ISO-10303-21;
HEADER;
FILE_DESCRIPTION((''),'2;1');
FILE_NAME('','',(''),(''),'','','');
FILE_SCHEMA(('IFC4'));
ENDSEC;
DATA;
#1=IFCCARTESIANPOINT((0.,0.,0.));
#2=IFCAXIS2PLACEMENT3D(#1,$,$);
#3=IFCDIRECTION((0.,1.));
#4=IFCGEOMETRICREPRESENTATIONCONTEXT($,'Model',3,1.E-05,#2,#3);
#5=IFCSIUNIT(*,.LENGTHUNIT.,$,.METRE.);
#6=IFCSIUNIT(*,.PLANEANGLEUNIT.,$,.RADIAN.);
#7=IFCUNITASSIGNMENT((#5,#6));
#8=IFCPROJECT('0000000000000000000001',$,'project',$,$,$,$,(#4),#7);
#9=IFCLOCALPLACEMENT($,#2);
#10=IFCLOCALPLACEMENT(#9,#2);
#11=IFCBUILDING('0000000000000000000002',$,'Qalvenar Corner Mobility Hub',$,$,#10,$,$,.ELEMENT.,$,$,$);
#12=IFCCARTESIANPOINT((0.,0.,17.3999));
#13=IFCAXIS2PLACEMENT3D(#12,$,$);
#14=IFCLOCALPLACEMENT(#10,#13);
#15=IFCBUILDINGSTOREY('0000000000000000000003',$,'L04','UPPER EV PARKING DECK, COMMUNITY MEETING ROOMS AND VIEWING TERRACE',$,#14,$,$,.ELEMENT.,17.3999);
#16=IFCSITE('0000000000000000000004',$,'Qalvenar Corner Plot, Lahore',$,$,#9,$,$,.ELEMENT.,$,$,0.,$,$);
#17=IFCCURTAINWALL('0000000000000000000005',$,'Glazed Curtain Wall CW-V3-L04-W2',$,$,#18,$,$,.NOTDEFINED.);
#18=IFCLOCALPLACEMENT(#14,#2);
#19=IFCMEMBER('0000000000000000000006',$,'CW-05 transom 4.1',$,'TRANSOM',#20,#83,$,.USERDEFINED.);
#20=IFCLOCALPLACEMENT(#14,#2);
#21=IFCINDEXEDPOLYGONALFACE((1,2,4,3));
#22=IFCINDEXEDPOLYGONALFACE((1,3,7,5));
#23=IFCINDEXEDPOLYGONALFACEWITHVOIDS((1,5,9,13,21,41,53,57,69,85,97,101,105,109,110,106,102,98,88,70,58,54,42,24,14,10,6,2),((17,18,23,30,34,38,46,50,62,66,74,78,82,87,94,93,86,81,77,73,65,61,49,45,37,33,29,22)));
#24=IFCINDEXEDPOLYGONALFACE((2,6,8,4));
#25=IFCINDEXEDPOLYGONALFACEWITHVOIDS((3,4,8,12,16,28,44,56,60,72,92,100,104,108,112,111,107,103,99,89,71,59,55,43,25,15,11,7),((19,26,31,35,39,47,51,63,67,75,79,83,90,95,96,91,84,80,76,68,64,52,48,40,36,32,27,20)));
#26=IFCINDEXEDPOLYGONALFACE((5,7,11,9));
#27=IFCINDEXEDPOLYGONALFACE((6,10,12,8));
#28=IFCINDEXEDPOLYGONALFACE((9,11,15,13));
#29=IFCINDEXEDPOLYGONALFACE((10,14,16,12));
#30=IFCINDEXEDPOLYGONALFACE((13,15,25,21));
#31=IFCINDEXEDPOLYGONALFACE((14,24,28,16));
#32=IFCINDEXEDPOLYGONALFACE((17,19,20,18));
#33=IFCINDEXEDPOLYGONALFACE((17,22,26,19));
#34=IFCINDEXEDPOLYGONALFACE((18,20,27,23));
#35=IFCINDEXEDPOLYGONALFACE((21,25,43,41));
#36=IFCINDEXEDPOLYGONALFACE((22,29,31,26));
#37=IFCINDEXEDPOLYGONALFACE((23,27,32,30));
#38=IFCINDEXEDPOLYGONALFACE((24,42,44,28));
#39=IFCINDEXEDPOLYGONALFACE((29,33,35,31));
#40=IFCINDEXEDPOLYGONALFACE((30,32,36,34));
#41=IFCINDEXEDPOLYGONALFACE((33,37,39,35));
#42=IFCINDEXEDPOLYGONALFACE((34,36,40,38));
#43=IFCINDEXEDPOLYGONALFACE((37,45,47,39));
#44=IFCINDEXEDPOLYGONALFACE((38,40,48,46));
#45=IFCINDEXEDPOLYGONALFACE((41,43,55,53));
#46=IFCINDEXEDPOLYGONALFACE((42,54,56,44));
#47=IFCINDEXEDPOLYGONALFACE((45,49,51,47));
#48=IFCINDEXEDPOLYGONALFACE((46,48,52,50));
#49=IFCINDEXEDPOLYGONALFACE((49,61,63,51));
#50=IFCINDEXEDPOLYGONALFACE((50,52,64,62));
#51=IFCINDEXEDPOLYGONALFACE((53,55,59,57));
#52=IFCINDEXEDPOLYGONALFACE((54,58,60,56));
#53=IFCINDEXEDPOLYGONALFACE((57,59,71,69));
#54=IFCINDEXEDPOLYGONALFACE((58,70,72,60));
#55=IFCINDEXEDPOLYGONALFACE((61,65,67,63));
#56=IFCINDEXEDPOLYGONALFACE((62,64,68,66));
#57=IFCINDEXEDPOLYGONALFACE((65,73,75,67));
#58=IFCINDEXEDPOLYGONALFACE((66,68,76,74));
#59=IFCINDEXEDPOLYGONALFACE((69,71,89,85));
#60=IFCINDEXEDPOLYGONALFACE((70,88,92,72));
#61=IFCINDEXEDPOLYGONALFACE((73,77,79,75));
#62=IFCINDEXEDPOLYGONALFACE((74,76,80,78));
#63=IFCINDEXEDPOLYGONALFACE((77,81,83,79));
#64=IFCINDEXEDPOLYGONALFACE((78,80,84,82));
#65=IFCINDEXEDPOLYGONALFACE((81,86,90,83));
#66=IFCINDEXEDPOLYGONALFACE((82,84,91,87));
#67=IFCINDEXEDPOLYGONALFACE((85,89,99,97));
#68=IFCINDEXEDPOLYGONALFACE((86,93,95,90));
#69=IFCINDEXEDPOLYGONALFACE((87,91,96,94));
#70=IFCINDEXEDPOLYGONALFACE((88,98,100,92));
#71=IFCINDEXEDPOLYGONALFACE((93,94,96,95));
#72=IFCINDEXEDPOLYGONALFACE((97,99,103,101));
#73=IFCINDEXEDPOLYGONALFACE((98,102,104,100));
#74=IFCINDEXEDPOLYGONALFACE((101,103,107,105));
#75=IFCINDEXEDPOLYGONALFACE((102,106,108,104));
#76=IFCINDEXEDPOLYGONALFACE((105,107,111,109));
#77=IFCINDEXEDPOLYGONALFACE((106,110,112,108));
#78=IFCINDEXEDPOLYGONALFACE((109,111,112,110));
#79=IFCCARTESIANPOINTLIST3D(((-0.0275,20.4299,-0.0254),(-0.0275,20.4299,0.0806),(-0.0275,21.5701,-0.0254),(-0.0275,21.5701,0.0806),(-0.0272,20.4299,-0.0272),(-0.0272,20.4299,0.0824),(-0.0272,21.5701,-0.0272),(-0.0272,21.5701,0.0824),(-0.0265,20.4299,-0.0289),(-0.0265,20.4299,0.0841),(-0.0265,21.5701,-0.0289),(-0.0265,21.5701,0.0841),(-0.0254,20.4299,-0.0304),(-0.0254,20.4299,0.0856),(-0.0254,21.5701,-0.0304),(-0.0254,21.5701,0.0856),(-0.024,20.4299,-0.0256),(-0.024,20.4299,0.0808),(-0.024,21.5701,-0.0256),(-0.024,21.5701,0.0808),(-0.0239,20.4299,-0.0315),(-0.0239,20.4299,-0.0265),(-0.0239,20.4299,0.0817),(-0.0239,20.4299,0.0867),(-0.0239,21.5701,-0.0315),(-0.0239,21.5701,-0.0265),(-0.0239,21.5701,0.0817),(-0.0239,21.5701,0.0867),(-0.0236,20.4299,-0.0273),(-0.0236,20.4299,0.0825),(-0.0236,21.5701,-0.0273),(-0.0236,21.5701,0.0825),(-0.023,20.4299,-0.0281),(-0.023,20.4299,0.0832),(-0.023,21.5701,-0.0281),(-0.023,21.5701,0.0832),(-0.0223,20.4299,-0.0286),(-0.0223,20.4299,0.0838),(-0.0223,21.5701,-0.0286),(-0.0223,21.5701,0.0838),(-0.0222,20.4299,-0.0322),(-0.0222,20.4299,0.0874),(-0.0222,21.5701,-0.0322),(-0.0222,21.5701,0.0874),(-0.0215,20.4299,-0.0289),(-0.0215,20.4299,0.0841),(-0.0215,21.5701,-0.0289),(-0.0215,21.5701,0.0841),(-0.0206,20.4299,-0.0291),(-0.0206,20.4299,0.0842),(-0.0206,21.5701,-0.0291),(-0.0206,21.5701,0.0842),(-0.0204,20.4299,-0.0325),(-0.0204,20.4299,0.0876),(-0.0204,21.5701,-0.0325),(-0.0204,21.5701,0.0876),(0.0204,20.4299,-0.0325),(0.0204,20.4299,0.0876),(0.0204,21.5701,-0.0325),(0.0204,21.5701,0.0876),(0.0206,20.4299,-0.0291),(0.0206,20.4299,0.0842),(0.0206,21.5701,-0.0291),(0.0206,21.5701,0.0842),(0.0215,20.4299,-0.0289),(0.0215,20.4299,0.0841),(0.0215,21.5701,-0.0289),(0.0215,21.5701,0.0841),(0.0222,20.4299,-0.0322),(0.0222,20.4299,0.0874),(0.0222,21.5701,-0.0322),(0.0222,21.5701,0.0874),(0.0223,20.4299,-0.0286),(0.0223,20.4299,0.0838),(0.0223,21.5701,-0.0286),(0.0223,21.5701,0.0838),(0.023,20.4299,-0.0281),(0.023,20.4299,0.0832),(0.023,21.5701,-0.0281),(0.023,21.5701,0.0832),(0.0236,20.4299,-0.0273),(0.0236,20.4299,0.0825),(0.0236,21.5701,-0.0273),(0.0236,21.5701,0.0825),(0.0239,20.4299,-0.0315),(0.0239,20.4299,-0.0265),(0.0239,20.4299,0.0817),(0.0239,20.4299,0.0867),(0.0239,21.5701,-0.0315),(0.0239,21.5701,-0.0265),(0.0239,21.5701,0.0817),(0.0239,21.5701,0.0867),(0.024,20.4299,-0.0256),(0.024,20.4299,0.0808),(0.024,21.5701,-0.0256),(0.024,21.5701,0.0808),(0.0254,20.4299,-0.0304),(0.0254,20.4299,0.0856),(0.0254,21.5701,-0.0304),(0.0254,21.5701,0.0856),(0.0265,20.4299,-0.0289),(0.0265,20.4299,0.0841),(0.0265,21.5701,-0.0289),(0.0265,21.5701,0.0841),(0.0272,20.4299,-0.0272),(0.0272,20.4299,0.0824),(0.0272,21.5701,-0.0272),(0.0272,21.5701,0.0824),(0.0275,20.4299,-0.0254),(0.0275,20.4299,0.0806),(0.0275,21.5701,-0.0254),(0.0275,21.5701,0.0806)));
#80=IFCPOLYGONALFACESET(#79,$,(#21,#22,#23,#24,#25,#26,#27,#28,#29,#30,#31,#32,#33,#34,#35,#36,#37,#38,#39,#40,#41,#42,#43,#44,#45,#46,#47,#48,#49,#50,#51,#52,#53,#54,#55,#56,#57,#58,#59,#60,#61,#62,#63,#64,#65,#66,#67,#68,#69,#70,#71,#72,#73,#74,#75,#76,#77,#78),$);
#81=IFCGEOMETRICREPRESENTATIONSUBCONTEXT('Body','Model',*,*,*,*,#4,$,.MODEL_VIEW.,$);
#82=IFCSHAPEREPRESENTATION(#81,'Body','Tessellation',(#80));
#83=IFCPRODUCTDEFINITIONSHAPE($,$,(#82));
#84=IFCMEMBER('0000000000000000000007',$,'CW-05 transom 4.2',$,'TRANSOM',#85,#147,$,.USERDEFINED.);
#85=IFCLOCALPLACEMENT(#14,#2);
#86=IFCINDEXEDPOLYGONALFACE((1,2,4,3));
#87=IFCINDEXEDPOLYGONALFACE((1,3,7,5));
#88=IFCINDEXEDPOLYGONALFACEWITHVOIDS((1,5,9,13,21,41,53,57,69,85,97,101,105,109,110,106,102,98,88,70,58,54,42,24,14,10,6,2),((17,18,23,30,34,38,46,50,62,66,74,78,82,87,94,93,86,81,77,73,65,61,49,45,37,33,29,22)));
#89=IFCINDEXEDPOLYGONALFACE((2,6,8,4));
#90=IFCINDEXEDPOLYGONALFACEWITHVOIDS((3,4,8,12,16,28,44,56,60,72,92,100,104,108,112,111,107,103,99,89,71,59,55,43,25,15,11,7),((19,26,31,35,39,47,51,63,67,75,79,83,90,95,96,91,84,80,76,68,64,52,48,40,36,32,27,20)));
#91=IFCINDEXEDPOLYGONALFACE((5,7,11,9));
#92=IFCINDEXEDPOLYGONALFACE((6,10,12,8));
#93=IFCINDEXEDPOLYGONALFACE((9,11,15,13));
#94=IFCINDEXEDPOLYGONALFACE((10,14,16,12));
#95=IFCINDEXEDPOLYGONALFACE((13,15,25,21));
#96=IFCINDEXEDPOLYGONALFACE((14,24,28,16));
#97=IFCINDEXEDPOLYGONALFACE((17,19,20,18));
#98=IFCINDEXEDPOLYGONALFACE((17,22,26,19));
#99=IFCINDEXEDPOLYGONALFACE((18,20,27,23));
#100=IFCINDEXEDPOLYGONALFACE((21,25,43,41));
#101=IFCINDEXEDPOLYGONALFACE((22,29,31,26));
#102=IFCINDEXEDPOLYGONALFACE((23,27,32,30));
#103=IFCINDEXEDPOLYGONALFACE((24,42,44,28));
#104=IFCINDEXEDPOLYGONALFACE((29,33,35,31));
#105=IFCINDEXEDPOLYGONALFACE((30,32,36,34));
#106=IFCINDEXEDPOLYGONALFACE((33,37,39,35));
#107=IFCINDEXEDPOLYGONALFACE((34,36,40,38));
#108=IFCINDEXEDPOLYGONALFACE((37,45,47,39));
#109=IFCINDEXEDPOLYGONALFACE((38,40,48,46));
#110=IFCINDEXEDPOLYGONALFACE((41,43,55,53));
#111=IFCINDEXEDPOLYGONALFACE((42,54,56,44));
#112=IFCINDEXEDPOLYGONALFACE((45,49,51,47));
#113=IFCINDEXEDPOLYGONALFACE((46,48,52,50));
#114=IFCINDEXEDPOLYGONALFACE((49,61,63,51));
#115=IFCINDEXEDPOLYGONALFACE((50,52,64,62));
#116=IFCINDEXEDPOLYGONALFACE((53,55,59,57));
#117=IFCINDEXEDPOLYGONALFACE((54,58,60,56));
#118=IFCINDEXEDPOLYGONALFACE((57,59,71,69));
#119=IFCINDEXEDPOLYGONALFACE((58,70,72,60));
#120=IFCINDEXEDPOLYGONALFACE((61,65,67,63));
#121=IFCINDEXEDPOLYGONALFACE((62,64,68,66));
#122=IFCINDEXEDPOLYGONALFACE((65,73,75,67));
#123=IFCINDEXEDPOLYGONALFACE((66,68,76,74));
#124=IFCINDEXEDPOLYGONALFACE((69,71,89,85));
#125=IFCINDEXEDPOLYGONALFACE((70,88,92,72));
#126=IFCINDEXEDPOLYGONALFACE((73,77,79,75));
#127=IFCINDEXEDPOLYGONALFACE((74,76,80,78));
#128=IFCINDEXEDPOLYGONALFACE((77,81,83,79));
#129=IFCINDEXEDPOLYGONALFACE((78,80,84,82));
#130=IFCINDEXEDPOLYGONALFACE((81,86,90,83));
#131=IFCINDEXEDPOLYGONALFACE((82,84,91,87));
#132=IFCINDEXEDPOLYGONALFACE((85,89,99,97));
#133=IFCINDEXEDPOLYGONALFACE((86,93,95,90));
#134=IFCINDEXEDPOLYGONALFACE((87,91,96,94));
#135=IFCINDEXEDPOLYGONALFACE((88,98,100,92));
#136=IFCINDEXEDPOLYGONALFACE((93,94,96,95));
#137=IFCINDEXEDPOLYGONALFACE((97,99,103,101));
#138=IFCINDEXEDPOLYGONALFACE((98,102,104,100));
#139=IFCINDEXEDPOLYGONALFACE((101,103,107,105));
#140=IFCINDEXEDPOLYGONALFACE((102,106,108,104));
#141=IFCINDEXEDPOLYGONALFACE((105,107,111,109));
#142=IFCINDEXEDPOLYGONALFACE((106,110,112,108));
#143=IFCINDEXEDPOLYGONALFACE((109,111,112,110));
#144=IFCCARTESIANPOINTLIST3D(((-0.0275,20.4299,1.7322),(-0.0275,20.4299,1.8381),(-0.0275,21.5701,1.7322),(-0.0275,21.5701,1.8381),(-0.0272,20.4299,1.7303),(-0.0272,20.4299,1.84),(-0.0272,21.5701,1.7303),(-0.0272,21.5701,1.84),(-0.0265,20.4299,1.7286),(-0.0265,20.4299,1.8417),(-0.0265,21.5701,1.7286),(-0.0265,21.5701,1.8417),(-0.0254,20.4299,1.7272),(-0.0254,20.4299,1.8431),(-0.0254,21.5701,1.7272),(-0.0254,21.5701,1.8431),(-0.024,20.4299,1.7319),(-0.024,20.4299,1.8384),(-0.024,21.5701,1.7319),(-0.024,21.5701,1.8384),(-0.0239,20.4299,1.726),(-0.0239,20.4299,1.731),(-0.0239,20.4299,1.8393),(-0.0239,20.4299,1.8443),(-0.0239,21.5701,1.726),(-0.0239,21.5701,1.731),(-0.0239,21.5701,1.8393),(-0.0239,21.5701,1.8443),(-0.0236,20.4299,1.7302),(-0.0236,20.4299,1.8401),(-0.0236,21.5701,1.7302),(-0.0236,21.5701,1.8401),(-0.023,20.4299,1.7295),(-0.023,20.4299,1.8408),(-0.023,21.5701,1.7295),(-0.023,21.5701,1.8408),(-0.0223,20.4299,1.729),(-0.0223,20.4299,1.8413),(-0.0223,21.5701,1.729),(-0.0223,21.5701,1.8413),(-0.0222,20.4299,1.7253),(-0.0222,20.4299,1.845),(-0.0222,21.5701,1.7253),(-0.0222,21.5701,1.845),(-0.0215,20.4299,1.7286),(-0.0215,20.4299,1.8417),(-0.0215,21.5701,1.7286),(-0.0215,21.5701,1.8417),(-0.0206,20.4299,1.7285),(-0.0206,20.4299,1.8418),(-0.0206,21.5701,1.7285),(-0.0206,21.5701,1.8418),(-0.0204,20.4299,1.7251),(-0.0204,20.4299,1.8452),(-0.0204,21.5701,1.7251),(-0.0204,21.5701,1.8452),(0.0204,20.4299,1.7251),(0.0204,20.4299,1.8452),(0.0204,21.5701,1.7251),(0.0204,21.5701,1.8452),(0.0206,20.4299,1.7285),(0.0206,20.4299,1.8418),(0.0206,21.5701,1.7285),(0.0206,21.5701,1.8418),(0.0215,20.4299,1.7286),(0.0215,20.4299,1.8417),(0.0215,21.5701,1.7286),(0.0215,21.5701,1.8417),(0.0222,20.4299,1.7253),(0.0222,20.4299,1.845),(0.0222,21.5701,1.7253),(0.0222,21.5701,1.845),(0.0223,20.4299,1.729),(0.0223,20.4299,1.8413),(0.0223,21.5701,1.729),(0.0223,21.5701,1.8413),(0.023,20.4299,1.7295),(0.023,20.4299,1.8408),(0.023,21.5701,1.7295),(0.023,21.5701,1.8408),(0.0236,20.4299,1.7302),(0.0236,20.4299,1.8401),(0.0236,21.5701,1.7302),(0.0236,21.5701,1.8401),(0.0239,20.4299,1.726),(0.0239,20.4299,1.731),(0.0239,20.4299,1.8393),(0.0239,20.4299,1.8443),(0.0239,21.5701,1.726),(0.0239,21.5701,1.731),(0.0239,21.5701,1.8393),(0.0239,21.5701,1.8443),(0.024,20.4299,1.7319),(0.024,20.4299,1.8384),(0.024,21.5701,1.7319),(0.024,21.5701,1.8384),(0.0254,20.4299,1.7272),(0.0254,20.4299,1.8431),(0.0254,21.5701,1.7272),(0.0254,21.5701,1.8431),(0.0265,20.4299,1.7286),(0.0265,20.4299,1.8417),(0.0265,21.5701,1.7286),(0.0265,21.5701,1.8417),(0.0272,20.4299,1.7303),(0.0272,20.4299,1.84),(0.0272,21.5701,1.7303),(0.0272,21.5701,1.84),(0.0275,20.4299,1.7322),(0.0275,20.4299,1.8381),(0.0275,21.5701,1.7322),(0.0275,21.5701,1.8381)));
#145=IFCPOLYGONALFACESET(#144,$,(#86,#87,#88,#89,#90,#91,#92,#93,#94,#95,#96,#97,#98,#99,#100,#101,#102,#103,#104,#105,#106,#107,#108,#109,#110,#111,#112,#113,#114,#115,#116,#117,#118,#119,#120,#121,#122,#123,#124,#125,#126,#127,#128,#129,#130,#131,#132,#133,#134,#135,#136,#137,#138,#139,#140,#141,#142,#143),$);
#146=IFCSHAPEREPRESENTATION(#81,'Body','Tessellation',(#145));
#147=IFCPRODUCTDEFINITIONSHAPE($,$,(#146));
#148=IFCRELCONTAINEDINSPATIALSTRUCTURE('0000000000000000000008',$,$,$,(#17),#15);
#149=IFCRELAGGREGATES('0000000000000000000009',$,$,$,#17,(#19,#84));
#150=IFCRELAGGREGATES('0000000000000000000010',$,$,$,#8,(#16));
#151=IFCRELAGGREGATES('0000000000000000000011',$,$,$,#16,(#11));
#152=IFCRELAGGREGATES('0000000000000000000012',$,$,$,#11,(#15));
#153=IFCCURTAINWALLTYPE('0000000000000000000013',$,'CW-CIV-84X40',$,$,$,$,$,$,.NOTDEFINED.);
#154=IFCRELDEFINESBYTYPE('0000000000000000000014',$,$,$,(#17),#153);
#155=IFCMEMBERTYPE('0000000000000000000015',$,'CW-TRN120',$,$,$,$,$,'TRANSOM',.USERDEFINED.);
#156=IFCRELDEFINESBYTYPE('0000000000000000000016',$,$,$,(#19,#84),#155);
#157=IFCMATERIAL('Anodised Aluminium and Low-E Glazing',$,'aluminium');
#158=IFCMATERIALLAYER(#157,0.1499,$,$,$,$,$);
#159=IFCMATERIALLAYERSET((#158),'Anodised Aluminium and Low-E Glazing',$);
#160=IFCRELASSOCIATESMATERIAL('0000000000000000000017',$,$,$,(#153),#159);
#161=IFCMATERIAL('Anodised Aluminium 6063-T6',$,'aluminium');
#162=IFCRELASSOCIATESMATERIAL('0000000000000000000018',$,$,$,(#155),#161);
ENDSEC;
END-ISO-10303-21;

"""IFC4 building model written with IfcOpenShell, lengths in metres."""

from ifc_helpers import new_model, si_unit, direction, frame, origin, origin_2d, place, context, subcontext, project, spatial, hollow_rectangle, extrude, material, layer, layer_set, material_profile, profile_set, type_object, element, aggregate, save


model = new_model("IFC4")

# Units and contexts
model_context = context("Model", 3, precision=1e-05, world=origin(), true_north=direction((0.0, 1.0)))
body_context = subcontext(model_context, "Body", "Model", "MODEL_VIEW")
ifc_project = project(units=[si_unit("LENGTHUNIT", "METRE"), si_unit("PLANEANGLEUNIT", "RADIAN")], contexts=[model_context])

# Site, building, storey
site_placement = place(None, origin())
site = spatial("IfcSite", under=ifc_project, at=site_placement, Name="Qalvenar Corner Plot, Lahore", CompositionType="ELEMENT", RefElevation=0.0)
building_placement = place(site_placement, origin())
building = spatial("IfcBuilding", under=site, at=building_placement, Name="Qalvenar Corner Mobility Hub", CompositionType="ELEMENT")
storey_placement = place(building_placement, frame((0.0, 0.0, 17.3999)))
storey = spatial("IfcBuildingStorey", under=building, at=storey_placement, Name="L04", Description="UPPER EV PARKING DECK, COMMUNITY MEETING ROOMS AND VIEWING TERRACE", CompositionType="ELEMENT", Elevation=17.3999)

# Curtain wall, members
ifc_material_1 = material(Name="Anodised Aluminium and Low-E Glazing", Category="aluminium")
ifc_layer_1 = layer(ifc_material_1, 0.1499)
ifc_layer_set_1 = layer_set([ifc_layer_1], Name="Anodised Aluminium and Low-E Glazing")
curtain_wall_type = type_object("IfcCurtainWallType", Name="CW-CIV-84X40", PredefinedType="NOTDEFINED", material=ifc_layer_set_1)
curtain_wall_placement = place(storey_placement, origin())
curtain_wall = element("IfcCurtainWall", 1, at=curtain_wall_placement, inside=storey, type_object=curtain_wall_type, Name="Glazed Curtain Wall CW-V3-L04-W2", PredefinedType="NOTDEFINED")
ifc_material_2 = material(Name="Anodised Aluminium 6063-T6", Category="aluminium")
ifc_material_profile_1 = material_profile(ifc_material_2, hollow_rectangle(XDim=0.0549, YDim=0.1201, WallThickness=0.0034, InnerFilletRadius=0.0034, OuterFilletRadius=0.0071, at=origin_2d()), Name="RHS120x55x3.5")
ifc_profile_set_1 = profile_set([ifc_material_profile_1], Name="Anodised Aluminium 6063-T6")
member_type_1 = type_object("IfcMemberType", Name="CW-TRN120", ElementType="TRANSOM", PredefinedType="USERDEFINED", material=ifc_profile_set_1)
member_1_placement = place(storey_placement, frame((0.0, 21.5701, 0.0276), z_axis=(0.0, -1.0, 0.0), x_axis=(1.0, 0.0, 0.0)))
member_1 = element("IfcMember", 2, at=member_1_placement, type_object=member_type_1, Name="CW-05 transom 4.1", ObjectType="TRANSOM", PredefinedType="USERDEFINED", context=body_context, shape_type="SweptSolid", body=[
    extrude(hollow_rectangle(XDim=0.0549, YDim=0.1201, WallThickness=0.0034, InnerFilletRadius=0.0034, OuterFilletRadius=0.0071, at=origin_2d()), origin(), (0.0, 0.0, 1.0), 1.1401),
])
member_2_placement = place(storey_placement, frame((0.0, 21.5701, 1.7852), z_axis=(0.0, -1.0, 0.0), x_axis=(1.0, 0.0, 0.0)))
member_2 = element("IfcMember", 3, at=member_2_placement, type_object=member_type_1, Name="CW-05 transom 4.2", ObjectType="TRANSOM", PredefinedType="USERDEFINED", context=body_context, shape_type="SweptSolid", body=[
    extrude(hollow_rectangle(XDim=0.0549, YDim=0.1201, WallThickness=0.0034, InnerFilletRadius=0.0034, OuterFilletRadius=0.0071, at=origin_2d()), origin(), (0.0, 0.0, 1.0), 1.1401),
])
aggregate(curtain_wall, [member_1, member_2])

save(model, "model.ifc")
